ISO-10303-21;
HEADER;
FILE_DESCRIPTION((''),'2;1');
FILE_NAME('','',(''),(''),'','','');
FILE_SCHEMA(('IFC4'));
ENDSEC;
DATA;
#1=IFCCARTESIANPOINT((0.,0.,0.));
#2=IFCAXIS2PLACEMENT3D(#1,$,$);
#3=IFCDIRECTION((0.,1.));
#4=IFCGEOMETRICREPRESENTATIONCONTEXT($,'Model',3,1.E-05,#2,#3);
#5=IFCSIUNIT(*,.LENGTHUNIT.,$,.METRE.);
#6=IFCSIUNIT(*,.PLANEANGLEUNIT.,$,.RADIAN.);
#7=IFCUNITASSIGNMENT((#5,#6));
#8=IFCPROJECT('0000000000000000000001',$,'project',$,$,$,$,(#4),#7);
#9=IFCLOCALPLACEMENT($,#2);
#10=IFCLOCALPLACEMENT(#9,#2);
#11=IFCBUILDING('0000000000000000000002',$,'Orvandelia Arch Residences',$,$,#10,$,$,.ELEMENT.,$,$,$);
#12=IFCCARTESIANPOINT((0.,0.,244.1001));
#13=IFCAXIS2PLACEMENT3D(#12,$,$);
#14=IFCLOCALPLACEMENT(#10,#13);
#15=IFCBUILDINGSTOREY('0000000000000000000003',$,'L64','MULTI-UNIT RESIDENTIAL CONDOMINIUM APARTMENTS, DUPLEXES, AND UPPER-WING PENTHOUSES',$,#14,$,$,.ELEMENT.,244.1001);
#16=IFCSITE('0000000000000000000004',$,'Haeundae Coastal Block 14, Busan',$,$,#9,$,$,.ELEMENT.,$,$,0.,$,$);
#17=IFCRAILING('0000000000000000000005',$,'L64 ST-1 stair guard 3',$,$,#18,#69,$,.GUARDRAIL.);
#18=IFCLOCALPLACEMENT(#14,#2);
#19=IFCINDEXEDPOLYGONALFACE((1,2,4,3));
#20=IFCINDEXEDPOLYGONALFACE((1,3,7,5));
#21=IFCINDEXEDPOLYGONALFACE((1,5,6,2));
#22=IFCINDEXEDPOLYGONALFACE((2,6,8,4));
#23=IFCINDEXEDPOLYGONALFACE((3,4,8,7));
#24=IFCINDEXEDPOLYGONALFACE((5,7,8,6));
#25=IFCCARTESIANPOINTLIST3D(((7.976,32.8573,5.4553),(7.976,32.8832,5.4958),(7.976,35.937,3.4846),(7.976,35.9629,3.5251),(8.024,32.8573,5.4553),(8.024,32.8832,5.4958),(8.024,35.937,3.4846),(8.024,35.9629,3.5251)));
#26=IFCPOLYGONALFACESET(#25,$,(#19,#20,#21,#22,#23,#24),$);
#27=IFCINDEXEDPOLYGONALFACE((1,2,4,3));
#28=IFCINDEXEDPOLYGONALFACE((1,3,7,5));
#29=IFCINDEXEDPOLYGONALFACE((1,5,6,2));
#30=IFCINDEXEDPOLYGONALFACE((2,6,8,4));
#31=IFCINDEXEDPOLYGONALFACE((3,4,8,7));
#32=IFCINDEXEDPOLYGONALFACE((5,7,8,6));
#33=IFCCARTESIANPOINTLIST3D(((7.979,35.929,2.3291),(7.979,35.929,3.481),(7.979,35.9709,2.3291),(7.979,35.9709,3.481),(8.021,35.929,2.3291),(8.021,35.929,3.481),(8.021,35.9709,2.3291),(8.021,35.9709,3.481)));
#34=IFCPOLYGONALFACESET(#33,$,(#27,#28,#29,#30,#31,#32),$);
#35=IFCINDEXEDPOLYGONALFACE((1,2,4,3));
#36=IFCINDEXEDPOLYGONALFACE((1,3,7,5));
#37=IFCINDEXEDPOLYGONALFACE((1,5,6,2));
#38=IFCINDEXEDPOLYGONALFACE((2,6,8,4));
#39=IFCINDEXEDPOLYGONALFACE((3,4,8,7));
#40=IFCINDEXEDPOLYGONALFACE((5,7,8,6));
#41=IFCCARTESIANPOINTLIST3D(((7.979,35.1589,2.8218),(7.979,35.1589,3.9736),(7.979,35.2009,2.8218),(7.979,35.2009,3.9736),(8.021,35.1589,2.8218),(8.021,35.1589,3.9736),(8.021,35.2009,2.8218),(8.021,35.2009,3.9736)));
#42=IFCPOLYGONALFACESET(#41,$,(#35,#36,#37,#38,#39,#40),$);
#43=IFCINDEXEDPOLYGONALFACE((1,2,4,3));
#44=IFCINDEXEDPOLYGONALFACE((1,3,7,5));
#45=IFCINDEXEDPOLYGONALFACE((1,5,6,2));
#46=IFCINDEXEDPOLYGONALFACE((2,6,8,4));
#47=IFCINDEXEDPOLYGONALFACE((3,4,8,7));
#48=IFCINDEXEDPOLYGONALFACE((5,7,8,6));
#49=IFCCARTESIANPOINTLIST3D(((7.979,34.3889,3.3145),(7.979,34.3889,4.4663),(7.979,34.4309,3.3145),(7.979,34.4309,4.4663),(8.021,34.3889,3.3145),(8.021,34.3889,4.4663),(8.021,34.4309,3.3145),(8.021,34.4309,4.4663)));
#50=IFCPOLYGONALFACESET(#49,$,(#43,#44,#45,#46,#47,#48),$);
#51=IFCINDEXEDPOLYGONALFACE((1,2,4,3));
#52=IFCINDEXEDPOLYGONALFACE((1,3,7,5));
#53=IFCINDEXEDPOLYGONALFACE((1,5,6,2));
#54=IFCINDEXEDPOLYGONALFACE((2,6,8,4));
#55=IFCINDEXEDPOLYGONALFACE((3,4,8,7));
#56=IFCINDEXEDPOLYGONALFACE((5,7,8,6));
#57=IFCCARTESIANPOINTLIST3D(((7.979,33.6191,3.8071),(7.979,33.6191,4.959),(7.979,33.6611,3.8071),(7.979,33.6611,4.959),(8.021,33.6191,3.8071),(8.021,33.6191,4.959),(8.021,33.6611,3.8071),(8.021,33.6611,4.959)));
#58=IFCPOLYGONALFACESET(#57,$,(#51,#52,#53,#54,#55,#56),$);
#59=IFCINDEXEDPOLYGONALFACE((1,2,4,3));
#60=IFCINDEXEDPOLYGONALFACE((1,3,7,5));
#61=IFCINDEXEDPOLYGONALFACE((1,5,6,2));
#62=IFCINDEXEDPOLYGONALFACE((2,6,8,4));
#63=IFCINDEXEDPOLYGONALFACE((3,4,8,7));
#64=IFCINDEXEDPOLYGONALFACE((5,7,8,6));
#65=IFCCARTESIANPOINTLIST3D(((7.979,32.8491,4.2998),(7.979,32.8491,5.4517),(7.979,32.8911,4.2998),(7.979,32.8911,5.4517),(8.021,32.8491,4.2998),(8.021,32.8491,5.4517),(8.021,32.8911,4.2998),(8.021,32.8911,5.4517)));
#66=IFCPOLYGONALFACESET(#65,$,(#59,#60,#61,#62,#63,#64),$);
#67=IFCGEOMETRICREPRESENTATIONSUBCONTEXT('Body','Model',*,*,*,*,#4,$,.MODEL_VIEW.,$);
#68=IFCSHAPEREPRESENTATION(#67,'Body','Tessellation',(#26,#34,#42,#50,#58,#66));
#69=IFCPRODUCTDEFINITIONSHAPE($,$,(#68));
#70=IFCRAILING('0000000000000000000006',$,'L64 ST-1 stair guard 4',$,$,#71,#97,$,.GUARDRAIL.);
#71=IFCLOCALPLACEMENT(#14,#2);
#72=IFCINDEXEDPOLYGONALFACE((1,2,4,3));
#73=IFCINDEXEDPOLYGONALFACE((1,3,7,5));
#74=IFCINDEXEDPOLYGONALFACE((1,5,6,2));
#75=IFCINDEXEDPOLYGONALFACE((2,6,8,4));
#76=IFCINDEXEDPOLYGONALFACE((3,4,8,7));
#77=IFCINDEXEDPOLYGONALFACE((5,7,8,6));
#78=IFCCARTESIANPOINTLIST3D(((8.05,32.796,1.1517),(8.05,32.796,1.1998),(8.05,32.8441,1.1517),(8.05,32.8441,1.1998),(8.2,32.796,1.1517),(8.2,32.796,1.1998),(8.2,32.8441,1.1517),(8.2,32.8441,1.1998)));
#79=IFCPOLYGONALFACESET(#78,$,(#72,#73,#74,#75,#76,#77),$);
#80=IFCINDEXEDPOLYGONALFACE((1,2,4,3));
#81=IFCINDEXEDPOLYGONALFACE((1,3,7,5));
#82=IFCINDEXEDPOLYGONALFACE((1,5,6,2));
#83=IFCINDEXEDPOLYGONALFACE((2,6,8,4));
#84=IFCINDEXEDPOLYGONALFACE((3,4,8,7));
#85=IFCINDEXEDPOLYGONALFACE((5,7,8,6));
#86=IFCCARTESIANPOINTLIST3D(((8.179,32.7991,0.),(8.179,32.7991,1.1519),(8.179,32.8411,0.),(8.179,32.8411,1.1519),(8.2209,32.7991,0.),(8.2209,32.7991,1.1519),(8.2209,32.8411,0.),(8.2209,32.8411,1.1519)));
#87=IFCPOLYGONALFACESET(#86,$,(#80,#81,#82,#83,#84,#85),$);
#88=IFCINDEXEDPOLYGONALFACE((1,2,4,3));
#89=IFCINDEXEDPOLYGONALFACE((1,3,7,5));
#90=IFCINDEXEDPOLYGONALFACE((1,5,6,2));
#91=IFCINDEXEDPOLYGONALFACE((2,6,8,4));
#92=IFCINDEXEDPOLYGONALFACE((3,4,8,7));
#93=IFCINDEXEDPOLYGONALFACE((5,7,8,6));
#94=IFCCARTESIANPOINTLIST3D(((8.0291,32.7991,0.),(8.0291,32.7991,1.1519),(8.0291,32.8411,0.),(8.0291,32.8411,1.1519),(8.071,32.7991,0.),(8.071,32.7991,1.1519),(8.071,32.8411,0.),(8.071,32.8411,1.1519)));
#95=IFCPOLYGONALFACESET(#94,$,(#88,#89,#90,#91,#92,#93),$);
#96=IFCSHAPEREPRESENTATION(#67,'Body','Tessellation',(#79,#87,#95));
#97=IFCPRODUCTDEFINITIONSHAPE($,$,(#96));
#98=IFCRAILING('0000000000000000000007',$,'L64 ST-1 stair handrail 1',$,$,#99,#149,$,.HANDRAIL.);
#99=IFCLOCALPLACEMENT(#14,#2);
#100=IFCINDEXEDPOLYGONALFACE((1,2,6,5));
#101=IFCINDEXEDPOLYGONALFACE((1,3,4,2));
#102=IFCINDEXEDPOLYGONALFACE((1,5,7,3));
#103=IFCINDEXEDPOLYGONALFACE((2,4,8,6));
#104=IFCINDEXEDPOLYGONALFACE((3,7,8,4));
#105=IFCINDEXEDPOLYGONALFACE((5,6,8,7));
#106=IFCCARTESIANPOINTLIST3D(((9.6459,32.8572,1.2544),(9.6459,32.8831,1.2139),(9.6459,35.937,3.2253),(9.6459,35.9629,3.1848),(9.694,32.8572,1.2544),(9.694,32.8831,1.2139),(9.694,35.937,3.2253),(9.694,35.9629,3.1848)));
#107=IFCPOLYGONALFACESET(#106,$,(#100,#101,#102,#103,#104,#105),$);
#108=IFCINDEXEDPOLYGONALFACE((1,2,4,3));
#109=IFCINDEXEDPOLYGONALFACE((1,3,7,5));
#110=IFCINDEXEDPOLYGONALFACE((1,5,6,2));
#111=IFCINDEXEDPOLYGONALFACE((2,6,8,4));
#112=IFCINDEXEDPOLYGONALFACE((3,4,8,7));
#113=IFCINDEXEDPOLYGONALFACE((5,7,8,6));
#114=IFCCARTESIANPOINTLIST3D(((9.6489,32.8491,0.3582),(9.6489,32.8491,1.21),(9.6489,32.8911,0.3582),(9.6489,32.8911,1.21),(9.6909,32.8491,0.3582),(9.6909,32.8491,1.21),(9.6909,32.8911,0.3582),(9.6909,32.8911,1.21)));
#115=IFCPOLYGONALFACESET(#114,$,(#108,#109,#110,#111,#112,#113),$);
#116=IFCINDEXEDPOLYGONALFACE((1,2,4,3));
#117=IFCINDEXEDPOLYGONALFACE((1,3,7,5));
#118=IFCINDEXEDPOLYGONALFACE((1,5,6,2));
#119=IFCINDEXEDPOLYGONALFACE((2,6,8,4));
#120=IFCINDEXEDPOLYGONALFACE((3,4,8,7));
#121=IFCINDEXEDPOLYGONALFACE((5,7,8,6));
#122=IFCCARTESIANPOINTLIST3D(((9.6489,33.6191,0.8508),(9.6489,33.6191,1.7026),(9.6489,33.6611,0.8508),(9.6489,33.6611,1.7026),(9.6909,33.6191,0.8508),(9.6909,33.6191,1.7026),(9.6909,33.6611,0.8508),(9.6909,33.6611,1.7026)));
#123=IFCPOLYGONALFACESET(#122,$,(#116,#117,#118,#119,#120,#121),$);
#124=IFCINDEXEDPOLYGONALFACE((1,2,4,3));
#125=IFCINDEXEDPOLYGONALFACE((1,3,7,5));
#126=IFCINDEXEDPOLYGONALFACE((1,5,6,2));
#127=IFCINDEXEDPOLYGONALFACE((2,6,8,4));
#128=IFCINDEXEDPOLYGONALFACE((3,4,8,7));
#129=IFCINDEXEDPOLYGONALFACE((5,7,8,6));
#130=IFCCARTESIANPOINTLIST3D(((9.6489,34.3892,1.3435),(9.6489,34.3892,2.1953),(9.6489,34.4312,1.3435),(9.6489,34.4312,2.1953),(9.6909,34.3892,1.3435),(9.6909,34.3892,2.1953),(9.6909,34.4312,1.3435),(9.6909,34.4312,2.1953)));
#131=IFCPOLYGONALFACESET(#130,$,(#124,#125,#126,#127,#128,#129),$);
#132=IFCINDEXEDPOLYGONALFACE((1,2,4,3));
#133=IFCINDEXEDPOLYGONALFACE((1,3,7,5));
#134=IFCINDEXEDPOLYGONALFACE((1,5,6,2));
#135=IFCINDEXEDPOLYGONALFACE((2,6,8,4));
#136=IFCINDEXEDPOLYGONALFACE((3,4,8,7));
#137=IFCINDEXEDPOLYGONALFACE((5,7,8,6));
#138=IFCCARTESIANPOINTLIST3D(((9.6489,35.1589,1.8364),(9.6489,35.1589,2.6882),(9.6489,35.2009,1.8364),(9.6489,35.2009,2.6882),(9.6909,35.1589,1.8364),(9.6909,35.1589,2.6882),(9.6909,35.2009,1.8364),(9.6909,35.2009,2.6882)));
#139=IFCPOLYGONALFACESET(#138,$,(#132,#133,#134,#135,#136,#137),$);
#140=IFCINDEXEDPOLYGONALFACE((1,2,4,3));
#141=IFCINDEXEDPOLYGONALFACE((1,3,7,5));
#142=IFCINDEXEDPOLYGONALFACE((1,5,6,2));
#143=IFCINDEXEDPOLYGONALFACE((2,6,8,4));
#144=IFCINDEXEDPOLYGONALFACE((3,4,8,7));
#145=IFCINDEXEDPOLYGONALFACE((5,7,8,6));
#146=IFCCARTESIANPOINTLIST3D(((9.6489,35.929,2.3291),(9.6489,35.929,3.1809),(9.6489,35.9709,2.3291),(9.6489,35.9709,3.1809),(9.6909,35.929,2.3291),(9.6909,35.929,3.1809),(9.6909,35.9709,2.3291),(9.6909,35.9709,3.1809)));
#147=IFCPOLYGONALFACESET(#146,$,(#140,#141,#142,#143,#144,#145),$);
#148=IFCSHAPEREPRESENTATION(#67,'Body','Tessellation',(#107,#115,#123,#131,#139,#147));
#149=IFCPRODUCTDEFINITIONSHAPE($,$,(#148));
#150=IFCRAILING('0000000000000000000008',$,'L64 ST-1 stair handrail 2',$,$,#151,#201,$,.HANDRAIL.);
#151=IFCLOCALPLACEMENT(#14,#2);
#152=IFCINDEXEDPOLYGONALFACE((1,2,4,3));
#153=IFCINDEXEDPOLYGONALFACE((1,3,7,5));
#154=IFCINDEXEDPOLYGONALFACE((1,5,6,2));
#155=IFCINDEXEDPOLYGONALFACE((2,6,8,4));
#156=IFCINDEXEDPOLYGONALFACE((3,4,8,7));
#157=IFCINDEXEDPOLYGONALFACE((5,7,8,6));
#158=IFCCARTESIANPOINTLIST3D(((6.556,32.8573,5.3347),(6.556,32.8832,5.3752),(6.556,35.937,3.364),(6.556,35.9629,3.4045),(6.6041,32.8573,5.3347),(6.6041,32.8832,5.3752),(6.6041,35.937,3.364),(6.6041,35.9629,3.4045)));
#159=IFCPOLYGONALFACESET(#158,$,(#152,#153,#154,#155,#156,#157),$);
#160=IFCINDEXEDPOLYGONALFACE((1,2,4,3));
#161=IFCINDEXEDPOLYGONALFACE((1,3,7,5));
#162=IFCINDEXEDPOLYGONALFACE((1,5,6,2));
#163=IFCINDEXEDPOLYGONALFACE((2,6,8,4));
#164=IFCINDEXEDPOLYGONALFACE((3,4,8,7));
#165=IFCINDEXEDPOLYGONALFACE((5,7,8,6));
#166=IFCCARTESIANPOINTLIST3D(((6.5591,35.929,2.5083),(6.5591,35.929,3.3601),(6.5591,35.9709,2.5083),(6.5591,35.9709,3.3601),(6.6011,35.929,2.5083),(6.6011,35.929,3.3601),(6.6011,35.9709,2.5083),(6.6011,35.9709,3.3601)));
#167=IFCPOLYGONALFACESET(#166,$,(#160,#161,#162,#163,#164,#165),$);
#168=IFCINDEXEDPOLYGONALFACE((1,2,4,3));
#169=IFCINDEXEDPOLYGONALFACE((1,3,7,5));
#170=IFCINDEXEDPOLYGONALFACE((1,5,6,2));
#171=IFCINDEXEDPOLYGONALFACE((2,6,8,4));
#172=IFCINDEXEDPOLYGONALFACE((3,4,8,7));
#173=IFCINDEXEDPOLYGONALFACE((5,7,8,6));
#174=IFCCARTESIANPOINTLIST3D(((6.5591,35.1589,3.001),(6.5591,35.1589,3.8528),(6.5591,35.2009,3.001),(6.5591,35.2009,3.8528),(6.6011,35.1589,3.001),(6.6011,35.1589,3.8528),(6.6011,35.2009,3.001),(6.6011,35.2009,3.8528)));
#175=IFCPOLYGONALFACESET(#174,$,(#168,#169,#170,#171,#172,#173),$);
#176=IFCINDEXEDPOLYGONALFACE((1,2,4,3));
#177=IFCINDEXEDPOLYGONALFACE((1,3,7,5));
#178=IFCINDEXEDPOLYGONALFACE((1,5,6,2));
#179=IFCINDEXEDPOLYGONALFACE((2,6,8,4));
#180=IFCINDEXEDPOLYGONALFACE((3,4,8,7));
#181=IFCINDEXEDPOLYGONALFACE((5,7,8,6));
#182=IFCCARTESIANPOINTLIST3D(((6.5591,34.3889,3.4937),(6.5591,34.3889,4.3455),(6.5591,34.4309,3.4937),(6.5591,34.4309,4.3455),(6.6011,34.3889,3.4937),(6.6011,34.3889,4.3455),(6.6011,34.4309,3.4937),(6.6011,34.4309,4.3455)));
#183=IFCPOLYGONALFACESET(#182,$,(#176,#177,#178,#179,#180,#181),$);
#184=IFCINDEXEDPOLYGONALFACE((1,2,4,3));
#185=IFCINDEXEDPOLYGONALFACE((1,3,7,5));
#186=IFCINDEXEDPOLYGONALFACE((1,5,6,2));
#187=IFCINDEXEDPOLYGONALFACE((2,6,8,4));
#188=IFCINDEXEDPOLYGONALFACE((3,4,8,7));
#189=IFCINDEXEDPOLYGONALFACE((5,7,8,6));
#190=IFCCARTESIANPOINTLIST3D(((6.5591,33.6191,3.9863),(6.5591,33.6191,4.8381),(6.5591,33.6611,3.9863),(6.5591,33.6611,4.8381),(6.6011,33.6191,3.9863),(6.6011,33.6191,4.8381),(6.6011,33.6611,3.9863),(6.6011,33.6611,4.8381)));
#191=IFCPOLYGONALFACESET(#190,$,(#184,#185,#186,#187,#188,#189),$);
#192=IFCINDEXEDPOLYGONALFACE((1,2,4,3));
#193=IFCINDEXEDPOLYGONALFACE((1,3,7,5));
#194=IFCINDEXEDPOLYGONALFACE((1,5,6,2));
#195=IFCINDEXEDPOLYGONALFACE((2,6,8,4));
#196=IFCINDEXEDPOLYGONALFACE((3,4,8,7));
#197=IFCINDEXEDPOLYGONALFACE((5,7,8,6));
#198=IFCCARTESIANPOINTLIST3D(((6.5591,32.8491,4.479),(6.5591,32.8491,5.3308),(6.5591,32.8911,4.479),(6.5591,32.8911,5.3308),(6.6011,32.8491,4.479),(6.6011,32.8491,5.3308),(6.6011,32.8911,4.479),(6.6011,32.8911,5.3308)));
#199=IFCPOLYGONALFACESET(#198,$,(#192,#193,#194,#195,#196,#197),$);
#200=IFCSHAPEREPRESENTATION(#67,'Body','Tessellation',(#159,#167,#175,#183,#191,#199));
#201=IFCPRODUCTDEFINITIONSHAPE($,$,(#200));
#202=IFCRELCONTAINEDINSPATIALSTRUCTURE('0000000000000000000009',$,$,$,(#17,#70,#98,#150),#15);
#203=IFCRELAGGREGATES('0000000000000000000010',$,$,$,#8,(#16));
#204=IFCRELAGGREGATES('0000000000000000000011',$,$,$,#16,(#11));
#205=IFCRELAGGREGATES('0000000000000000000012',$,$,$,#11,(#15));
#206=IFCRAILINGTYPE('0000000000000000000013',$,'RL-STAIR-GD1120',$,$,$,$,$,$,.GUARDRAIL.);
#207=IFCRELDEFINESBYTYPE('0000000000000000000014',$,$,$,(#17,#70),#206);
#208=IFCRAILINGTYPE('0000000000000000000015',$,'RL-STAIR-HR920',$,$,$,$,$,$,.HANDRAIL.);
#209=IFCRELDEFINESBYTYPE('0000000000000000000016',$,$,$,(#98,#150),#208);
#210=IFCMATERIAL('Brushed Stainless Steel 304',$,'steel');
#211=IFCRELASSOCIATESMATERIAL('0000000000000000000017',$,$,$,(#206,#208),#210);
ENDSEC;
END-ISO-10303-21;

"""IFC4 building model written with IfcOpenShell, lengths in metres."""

from ifc_helpers import new_model, si_unit, direction, frame, origin, origin_2d, place, context, subcontext, project, spatial, rectangle, extrude, material, type_object, element, save


model = new_model("IFC4")

# Units and contexts
model_context = context("Model", 3, precision=1e-05, world=origin(), true_north=direction((0.0, 1.0)))
body_context = subcontext(model_context, "Body", "Model", "MODEL_VIEW")
ifc_project = project(units=[si_unit("LENGTHUNIT", "METRE"), si_unit("PLANEANGLEUNIT", "RADIAN")], contexts=[model_context])

# Site, building, storey
site_placement = place(None, origin())
site = spatial("IfcSite", under=ifc_project, at=site_placement, Name="Haeundae Coastal Block 14, Busan", CompositionType="ELEMENT", RefElevation=0.0)
building_placement = place(site_placement, origin())
building = spatial("IfcBuilding", under=site, at=building_placement, Name="Orvandelia Arch Residences", CompositionType="ELEMENT")
storey_placement = place(building_placement, frame((0.0, 0.0, 244.1001)))
storey = spatial("IfcBuildingStorey", under=building, at=storey_placement, Name="L64", Description="MULTI-UNIT RESIDENTIAL CONDOMINIUM APARTMENTS, DUPLEXES, AND UPPER-WING PENTHOUSES", CompositionType="ELEMENT", Elevation=244.1001)

# Railings
ifc_material_1 = material(Name="Brushed Stainless Steel 304", Category="steel")
railing_type_1 = type_object("IfcRailingType", Name="RL-STAIR-GD1120", PredefinedType="GUARDRAIL", material=ifc_material_1)
railing_1_placement = place(storey_placement, frame((8.0, 35.95, 2.3291)))
element("IfcRailing", 1, at=railing_1_placement, inside=storey, type_object=railing_type_1, Name="L64 ST-1 stair guard 3", PredefinedType="GUARDRAIL", context=body_context, shape_type="SweptSolid", body=[
    extrude(rectangle(XDim=0.0481, YDim=0.0481, at=origin_2d()), frame((0.0, 0.0, 1.1758), z_axis=(0.0, -0.84232, 0.538978), x_axis=(1.0, 0.0, 0.0)), (0.0, 0.0, 1.0), 3.6562),
    extrude(rectangle(XDim=0.042, YDim=0.042, at=origin_2d()), origin(), (0.0, 0.0, 1.0), 1.1519),
    extrude(rectangle(XDim=0.042, YDim=0.042, at=origin_2d()), frame((0.0, -0.77, 0.4927)), (0.0, 0.0, 1.0), 1.1519),
    extrude(rectangle(XDim=0.042, YDim=0.042, at=origin_2d()), frame((0.0, -1.54, 0.9854)), (0.0, 0.0, 1.0), 1.1519),
    extrude(rectangle(XDim=0.042, YDim=0.042, at=origin_2d()), frame((0.0, -2.3098, 1.478)), (0.0, 0.0, 1.0), 1.1519),
    extrude(rectangle(XDim=0.042, YDim=0.042, at=origin_2d()), frame((0.0, -3.0798, 1.9707)), (0.0, 0.0, 1.0), 1.1519),
])
railing_2_placement = place(storey_placement, frame((8.2, 32.8201, 0.0)))
element("IfcRailing", 2, at=railing_2_placement, inside=storey, type_object=railing_type_1, Name="L64 ST-1 stair guard 4", PredefinedType="GUARDRAIL", context=body_context, shape_type="SweptSolid", body=[
    extrude(rectangle(XDim=0.0481, YDim=0.0481, at=origin_2d()), frame((0.0, 0.0, 1.1758), z_axis=(-1.0, 0.0, 0.0), x_axis=(0.0, -1.0, 0.0)), (0.0, 0.0, 1.0), 0.1499),
    extrude(rectangle(XDim=0.042, YDim=0.042, at=origin_2d()), origin(), (0.0, 0.0, 1.0), 1.1519),
    extrude(rectangle(XDim=0.042, YDim=0.042, at=origin_2d()), frame((-0.1499, 0.0, 0.0)), (0.0, 0.0, 1.0), 1.1519),
])
railing_type_2 = type_object("IfcRailingType", Name="RL-STAIR-HR920", PredefinedType="HANDRAIL", material=ifc_material_1)
railing_3_placement = place(storey_placement, frame((9.6699, 32.8701, 0.3582)))
element("IfcRailing", 3, at=railing_3_placement, inside=storey, type_object=railing_type_2, Name="L64 ST-1 stair handrail 1", PredefinedType="HANDRAIL", context=body_context, shape_type="SweptSolid", body=[
    extrude(rectangle(XDim=0.0481, YDim=0.0481, at=origin_2d()), frame((0.0, 0.0, 0.876), z_axis=(0.0, 0.84229, 0.539025), x_axis=(-1.0, 0.0, 0.0)), (0.0, 0.0, 1.0), 3.6565),
    extrude(rectangle(XDim=0.042, YDim=0.042, at=origin_2d()), origin(), (0.0, 0.0, 1.0), 0.8518),
    extrude(rectangle(XDim=0.042, YDim=0.042, at=origin_2d()), frame((0.0, 0.77, 0.4927)), (0.0, 0.0, 1.0), 0.8518),
    extrude(rectangle(XDim=0.042, YDim=0.042, at=origin_2d()), frame((0.0, 1.54, 0.9854)), (0.0, 0.0, 1.0), 0.8518),
    extrude(rectangle(XDim=0.042, YDim=0.042, at=origin_2d()), frame((0.0, 2.3098, 1.4783)), (0.0, 0.0, 1.0), 0.8518),
    extrude(rectangle(XDim=0.042, YDim=0.042, at=origin_2d()), frame((0.0, 3.0798, 1.9709)), (0.0, 0.0, 1.0), 0.8518),
])
railing_4_placement = place(storey_placement, frame((6.5801, 35.95, 2.5083)))
element("IfcRailing", 4, at=railing_4_placement, inside=storey, type_object=railing_type_2, Name="L64 ST-1 stair handrail 2", PredefinedType="HANDRAIL", context=body_context, shape_type="SweptSolid", body=[
    extrude(rectangle(XDim=0.0481, YDim=0.0481, at=origin_2d()), frame((0.0, 0.0, 0.876), z_axis=(0.0, -0.84232, 0.538978), x_axis=(1.0, 0.0, 0.0)), (0.0, 0.0, 1.0), 3.6562),
    extrude(rectangle(XDim=0.042, YDim=0.042, at=origin_2d()), origin(), (0.0, 0.0, 1.0), 0.8518),
    extrude(rectangle(XDim=0.042, YDim=0.042, at=origin_2d()), frame((0.0, -0.77, 0.4927)), (0.0, 0.0, 1.0), 0.8518),
    extrude(rectangle(XDim=0.042, YDim=0.042, at=origin_2d()), frame((0.0, -1.54, 0.9854)), (0.0, 0.0, 1.0), 0.8518),
    extrude(rectangle(XDim=0.042, YDim=0.042, at=origin_2d()), frame((0.0, -2.3098, 1.478)), (0.0, 0.0, 1.0), 0.8518),
    extrude(rectangle(XDim=0.042, YDim=0.042, at=origin_2d()), frame((0.0, -3.0798, 1.9707)), (0.0, 0.0, 1.0), 0.8518),
])

save(model, "model.ifc")
